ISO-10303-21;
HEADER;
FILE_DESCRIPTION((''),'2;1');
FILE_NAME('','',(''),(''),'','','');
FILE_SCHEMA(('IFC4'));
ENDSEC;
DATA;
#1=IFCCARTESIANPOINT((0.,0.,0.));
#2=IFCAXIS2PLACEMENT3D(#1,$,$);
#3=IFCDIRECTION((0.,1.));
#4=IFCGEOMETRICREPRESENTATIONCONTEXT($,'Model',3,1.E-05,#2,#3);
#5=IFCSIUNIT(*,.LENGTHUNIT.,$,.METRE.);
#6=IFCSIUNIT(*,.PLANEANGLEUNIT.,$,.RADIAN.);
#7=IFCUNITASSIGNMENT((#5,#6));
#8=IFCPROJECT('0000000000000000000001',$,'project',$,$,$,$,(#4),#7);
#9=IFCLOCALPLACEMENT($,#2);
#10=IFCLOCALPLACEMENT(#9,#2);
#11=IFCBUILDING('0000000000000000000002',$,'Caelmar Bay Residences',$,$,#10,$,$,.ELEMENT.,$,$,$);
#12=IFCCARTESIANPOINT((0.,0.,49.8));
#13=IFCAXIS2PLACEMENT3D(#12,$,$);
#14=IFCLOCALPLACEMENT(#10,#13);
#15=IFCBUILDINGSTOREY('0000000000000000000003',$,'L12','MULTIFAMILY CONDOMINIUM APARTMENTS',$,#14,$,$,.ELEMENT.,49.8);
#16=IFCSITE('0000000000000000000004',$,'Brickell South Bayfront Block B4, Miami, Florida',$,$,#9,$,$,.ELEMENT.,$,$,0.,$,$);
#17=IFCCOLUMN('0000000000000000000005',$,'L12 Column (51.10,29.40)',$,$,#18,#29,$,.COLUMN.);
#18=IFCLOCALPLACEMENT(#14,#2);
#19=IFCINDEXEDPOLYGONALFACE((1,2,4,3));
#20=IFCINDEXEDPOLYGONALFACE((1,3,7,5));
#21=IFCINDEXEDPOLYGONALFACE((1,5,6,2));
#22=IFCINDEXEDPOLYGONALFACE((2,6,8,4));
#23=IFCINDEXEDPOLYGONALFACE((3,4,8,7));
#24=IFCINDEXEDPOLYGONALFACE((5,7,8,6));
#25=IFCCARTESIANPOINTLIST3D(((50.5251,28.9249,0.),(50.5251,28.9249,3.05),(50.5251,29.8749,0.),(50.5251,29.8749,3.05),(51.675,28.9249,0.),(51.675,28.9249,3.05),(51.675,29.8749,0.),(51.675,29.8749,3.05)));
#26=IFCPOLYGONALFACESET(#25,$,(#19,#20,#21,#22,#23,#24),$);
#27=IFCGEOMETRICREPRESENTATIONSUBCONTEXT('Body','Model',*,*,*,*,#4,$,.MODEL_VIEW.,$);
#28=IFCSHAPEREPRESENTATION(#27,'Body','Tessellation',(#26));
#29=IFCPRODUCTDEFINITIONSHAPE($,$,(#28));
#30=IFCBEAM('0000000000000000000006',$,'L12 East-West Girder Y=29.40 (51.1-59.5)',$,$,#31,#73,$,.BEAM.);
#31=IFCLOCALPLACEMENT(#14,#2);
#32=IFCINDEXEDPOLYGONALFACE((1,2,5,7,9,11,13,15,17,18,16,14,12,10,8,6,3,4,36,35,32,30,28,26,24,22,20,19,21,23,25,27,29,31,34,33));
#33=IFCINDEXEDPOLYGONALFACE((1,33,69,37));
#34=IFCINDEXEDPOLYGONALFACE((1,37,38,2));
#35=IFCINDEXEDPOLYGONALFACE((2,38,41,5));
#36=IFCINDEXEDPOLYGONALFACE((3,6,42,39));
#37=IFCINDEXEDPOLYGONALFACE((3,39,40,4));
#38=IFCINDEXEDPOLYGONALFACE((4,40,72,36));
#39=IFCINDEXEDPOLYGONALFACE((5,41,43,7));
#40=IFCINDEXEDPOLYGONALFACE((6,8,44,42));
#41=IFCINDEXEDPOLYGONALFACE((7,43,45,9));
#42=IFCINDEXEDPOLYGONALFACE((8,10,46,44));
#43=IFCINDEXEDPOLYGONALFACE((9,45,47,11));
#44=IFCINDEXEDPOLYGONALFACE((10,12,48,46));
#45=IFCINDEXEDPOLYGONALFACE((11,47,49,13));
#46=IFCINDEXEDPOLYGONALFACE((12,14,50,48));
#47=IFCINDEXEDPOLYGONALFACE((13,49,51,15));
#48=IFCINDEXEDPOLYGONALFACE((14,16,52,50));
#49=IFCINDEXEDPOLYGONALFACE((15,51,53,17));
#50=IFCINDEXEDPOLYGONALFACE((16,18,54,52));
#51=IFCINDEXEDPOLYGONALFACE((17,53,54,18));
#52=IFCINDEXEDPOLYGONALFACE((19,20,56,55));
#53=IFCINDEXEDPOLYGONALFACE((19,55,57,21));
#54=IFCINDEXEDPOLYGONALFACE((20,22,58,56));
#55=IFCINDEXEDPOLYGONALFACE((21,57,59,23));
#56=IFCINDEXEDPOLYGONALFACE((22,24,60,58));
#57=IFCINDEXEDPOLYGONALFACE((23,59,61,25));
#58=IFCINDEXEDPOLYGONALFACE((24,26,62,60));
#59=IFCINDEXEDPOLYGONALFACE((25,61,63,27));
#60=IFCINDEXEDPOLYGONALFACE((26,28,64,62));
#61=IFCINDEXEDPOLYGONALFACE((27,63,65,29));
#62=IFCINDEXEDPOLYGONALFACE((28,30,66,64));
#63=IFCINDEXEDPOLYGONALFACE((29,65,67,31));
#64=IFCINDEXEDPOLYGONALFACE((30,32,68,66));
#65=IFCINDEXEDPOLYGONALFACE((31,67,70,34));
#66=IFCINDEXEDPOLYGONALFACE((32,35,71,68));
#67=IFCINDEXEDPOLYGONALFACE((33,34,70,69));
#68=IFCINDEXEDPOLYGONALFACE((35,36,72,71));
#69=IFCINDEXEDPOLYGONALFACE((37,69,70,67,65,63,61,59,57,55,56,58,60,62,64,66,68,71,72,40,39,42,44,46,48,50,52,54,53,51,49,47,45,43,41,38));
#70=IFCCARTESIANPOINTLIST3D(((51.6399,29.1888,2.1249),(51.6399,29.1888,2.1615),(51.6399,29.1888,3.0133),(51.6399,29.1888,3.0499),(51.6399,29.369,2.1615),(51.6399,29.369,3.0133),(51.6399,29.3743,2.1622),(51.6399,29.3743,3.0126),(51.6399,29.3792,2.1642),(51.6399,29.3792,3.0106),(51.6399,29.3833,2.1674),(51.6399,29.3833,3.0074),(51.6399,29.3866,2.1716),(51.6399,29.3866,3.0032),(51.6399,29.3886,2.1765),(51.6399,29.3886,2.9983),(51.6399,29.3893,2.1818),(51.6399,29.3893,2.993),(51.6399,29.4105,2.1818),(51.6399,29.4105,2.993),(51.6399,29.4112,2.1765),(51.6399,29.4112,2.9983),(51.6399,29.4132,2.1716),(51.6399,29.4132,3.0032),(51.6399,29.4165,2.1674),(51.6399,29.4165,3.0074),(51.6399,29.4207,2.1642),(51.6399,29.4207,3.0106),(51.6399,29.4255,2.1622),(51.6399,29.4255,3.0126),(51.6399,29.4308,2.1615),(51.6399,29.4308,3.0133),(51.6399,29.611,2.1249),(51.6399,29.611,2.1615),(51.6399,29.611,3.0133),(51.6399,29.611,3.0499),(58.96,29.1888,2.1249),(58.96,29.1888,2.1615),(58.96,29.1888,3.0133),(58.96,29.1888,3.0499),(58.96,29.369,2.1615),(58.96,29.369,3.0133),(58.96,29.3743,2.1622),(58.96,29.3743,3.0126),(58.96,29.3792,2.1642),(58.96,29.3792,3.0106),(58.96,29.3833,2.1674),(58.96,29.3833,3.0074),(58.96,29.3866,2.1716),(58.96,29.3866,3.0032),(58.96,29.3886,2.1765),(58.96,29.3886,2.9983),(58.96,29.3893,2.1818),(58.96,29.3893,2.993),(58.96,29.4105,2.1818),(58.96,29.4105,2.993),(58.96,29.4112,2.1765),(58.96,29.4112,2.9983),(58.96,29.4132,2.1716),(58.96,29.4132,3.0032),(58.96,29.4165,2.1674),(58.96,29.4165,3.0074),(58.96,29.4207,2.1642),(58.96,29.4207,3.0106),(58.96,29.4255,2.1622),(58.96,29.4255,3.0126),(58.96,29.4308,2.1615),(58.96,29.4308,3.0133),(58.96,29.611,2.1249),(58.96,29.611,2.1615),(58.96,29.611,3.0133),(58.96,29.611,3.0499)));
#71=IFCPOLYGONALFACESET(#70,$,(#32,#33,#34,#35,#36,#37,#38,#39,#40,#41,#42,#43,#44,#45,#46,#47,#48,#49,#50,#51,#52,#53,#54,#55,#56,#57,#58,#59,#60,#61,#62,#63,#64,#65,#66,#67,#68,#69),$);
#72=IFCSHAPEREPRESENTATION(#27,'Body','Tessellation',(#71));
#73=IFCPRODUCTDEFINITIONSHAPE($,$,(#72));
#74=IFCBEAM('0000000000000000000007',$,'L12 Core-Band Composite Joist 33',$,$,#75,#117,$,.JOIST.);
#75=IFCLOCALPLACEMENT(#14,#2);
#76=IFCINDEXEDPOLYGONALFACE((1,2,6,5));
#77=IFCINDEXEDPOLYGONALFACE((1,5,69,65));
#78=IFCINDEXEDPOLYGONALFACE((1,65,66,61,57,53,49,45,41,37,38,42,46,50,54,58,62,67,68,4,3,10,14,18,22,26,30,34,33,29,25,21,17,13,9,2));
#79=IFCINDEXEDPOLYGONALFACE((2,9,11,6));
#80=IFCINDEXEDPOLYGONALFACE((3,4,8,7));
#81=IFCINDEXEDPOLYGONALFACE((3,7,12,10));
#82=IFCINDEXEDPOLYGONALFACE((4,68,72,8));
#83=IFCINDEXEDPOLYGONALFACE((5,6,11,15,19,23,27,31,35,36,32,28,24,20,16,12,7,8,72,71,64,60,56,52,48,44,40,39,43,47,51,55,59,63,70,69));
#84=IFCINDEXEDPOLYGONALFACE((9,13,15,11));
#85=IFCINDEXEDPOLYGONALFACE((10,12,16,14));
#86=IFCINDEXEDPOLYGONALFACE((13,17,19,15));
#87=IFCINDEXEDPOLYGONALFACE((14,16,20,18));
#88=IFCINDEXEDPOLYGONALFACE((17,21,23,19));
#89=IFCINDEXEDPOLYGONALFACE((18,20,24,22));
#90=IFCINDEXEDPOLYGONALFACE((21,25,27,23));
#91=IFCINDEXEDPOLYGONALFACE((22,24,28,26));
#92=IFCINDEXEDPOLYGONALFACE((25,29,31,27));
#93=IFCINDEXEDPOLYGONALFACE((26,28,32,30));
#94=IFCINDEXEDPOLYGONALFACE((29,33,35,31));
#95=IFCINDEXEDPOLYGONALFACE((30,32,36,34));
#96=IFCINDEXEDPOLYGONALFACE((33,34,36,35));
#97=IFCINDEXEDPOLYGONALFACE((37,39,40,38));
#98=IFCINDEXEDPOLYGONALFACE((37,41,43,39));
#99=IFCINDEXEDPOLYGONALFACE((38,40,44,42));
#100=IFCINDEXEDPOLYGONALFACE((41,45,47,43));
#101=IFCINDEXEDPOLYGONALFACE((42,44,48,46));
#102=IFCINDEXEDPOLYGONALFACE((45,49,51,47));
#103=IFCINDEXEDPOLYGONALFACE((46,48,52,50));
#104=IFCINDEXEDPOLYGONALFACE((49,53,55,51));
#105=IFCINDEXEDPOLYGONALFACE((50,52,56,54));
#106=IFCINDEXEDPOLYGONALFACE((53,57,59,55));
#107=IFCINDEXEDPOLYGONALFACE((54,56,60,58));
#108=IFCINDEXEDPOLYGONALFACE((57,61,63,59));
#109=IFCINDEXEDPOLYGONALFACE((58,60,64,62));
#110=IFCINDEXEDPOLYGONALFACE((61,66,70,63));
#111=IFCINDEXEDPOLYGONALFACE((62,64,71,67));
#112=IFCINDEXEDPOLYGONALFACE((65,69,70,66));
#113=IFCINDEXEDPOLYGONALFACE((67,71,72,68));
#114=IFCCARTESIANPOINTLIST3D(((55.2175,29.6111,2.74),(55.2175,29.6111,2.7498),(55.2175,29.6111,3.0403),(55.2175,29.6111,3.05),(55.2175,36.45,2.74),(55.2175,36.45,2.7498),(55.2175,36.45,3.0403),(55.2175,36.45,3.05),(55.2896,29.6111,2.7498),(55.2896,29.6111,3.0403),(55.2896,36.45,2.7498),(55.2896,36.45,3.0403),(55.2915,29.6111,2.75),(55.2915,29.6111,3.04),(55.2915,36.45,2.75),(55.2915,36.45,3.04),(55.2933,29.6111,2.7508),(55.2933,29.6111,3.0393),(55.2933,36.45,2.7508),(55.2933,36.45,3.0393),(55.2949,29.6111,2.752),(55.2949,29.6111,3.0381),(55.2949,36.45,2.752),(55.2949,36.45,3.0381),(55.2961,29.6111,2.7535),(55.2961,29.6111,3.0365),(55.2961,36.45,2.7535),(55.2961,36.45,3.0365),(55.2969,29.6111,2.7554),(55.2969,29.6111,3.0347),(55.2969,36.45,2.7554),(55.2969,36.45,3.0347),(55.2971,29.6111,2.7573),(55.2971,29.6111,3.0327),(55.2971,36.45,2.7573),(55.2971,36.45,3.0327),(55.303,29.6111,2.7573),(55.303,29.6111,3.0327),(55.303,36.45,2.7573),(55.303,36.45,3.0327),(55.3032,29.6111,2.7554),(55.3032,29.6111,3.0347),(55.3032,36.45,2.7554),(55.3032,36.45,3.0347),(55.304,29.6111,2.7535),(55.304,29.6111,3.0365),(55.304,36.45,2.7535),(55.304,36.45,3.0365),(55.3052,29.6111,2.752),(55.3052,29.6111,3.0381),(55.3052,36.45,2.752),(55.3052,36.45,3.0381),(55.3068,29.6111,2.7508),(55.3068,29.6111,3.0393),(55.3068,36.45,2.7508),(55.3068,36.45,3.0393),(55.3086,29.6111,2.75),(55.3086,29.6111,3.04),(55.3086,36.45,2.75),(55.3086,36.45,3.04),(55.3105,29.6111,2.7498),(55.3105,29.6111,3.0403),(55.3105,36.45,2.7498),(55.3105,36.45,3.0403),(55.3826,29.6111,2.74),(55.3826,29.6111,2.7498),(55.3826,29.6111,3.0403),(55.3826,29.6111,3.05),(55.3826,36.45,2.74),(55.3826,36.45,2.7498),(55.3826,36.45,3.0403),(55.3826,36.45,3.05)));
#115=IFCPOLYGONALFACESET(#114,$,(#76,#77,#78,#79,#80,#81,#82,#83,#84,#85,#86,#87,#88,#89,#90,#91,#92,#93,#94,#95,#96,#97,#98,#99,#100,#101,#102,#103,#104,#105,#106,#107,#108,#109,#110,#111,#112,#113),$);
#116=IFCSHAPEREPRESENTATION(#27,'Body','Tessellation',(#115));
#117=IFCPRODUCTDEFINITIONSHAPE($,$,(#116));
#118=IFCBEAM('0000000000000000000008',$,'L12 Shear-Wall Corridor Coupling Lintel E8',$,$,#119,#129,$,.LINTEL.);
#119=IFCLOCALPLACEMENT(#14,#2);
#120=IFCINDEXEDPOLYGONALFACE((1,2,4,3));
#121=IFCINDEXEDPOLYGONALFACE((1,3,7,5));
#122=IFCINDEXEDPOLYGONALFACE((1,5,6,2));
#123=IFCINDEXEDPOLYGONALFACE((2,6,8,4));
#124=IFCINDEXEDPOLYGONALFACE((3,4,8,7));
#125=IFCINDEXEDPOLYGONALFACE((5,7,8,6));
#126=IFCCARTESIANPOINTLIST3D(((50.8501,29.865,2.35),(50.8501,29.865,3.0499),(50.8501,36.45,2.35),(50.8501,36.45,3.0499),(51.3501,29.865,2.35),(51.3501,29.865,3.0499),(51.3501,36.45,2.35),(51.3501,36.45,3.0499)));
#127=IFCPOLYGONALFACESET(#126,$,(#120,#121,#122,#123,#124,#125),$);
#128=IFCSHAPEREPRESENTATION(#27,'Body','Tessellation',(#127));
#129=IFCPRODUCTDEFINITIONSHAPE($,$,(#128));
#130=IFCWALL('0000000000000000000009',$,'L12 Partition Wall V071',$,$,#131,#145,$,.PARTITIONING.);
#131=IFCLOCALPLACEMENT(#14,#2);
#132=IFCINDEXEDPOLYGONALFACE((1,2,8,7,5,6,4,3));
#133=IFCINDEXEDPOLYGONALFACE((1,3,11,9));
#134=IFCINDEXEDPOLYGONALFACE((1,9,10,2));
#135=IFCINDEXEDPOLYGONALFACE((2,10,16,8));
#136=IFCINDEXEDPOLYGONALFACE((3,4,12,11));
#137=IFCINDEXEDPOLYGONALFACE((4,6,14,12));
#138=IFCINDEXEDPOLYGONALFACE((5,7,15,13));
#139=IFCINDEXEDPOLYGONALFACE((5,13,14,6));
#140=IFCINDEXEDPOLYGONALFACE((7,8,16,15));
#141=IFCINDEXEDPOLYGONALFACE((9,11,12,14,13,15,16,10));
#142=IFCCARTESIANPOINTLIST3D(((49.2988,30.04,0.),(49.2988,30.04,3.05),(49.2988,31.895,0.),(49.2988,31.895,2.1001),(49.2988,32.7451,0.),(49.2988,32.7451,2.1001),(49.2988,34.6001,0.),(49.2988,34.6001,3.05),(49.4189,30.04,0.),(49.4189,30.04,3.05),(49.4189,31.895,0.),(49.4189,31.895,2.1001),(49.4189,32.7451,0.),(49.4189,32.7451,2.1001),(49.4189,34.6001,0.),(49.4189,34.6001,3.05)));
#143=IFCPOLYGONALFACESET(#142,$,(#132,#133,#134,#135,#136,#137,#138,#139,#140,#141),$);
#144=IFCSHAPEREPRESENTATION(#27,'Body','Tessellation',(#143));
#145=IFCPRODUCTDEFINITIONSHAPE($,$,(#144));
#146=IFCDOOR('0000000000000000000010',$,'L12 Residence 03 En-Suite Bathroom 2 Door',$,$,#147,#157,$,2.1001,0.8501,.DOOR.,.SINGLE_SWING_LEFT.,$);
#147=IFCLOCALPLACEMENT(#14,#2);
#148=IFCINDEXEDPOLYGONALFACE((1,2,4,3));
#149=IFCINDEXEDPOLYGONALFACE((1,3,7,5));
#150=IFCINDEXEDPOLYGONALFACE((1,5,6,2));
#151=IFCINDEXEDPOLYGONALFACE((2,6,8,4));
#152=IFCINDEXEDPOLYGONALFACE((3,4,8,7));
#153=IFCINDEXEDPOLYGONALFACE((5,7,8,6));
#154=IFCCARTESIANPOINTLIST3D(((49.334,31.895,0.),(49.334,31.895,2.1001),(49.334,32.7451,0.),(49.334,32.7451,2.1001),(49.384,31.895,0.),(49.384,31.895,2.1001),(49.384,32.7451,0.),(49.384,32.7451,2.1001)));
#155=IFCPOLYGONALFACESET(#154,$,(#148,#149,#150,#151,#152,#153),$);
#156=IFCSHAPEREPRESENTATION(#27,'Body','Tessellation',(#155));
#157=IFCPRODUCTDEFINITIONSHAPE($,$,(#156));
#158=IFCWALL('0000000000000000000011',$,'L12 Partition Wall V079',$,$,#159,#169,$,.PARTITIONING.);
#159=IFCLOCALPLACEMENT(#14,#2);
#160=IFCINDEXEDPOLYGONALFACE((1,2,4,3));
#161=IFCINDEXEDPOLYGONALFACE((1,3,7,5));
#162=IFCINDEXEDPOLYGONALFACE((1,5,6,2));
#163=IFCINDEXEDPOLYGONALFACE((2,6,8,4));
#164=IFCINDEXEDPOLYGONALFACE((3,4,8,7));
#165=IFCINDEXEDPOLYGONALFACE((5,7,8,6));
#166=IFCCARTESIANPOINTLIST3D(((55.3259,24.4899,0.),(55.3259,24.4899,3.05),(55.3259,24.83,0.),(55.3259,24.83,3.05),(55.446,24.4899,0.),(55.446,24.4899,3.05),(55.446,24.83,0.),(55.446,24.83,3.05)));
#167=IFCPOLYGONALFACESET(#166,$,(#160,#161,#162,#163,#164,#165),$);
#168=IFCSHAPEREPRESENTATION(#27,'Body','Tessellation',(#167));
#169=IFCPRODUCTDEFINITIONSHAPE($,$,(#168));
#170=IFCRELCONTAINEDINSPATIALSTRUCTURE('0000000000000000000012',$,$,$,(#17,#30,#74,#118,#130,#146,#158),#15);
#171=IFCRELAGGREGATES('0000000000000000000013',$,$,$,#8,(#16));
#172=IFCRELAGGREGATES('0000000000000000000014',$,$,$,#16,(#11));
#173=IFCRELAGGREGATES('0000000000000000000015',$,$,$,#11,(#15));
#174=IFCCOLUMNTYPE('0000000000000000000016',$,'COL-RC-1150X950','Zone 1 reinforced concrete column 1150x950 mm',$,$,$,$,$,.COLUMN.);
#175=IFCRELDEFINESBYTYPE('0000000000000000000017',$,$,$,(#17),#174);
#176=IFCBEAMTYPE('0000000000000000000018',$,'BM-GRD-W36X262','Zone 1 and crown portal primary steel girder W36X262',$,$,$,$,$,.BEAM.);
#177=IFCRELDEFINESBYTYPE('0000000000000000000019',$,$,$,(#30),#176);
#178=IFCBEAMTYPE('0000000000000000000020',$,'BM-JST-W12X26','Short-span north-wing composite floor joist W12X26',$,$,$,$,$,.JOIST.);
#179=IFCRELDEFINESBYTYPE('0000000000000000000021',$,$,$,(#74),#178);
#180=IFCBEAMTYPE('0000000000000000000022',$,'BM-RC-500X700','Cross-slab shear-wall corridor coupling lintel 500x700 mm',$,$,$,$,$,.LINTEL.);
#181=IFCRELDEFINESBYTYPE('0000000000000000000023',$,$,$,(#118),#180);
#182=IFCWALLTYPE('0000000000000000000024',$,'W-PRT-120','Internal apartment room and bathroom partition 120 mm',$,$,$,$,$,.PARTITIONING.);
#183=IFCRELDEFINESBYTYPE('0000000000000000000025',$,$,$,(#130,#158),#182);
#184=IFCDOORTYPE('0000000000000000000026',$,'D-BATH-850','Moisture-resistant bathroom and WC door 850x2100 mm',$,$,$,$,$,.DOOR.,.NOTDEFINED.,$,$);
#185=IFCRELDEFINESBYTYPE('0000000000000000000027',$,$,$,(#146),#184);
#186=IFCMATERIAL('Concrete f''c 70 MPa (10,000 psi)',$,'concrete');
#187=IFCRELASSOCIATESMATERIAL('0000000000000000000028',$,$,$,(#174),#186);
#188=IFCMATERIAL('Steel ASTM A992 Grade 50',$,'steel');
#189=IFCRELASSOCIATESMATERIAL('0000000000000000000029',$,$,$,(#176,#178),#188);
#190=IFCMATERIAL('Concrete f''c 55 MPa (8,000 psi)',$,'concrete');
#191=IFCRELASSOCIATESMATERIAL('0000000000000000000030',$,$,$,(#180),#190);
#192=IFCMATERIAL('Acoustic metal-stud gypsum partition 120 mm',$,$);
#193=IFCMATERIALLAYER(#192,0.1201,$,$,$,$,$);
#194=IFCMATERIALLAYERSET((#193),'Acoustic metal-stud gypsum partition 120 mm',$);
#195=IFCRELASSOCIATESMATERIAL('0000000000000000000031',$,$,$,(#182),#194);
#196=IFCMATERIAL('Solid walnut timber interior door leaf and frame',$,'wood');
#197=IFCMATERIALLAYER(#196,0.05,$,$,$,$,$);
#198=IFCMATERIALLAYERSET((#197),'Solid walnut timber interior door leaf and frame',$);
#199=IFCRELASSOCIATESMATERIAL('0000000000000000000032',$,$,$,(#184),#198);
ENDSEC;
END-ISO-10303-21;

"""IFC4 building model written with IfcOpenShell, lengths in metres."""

from ifc_helpers import new_model, si_unit, direction, frame, frame_2d, origin, origin_2d, place, context, subcontext, project, spatial, rectangle, i_section, extrude, material, layer, layer_set, material_profile, profile_set, type_object, element, fill, save


model = new_model("IFC4")

# Units and contexts
model_context = context("Model", 3, precision=1e-05, world=origin(), true_north=direction((0.0, 1.0)))
body_context = subcontext(model_context, "Body", "Model", "MODEL_VIEW")
ifc_project = project(units=[si_unit("LENGTHUNIT", "METRE"), si_unit("PLANEANGLEUNIT", "RADIAN")], contexts=[model_context])

# Site, building, storey
site_placement = place(None, origin())
site = spatial("IfcSite", under=ifc_project, at=site_placement, Name="Brickell South Bayfront Block B4, Miami, Florida", CompositionType="ELEMENT", RefElevation=0.0)
building_placement = place(site_placement, origin())
building = spatial("IfcBuilding", under=site, at=building_placement, Name="Caelmar Bay Residences", CompositionType="ELEMENT")
storey_placement = place(building_placement, frame((0.0, 0.0, 49.8)))
storey = spatial("IfcBuildingStorey", under=building, at=storey_placement, Name="L12", Description="MULTIFAMILY CONDOMINIUM APARTMENTS", CompositionType="ELEMENT", Elevation=49.8)

# Column
ifc_material_1 = material(Name="Concrete f'c 70 MPa (10,000 psi)", Category="concrete")
ifc_material_profile_1 = material_profile(ifc_material_1, rectangle(XDim=1.1499, YDim=0.95, at=origin_2d()), Name="RC-COL-1150X950")
ifc_profile_set_1 = profile_set([ifc_material_profile_1], Name="Concrete f'c 70 MPa (10,000 psi)")
column_type = type_object("IfcColumnType", Name="COL-RC-1150X950", Description="Zone 1 reinforced concrete column 1150x950 mm", PredefinedType="COLUMN", material=ifc_profile_set_1)
column_placement = place(storey_placement, frame((51.1001, 29.3999, 0.0), z_axis=(0.0, 0.0, 1.0), x_axis=(1.0, 0.0, 0.0)))
element("IfcColumn", 1, at=column_placement, inside=storey, type_object=column_type, Name="L12 Column (51.10,29.40)", PredefinedType="COLUMN", context=body_context, shape_type="SweptSolid", body=[
    extrude(rectangle(XDim=1.1499, YDim=0.95, at=origin_2d()), origin(), (0.0, 0.0, 1.0), 3.05),
])

# Beams
ifc_material_2 = material(Name="Steel ASTM A992 Grade 50", Category="steel")
ifc_material_profile_2 = material_profile(ifc_material_2, i_section(OverallWidth=0.4221, OverallDepth=0.925, WebThickness=0.0212, FlangeThickness=0.0366, FilletRadius=0.0203, at=origin_2d()), Name="W36X262")
ifc_profile_set_2 = profile_set([ifc_material_profile_2], Name="Steel ASTM A992 Grade 50")
beam_type_1 = type_object("IfcBeamType", Name="BM-GRD-W36X262", Description="Zone 1 and crown portal primary steel girder W36X262", PredefinedType="BEAM", material=ifc_profile_set_2)
beam_1_placement = place(storey_placement, frame((51.6399, 29.3999, 2.5874), z_axis=(1.0, 0.0, 0.0), x_axis=(0.0, 1.0, 0.0)))
element("IfcBeam", 2, at=beam_1_placement, inside=storey, type_object=beam_type_1, Name="L12 East-West Girder Y=29.40 (51.1-59.5)", PredefinedType="BEAM", context=body_context, shape_type="SweptSolid", body=[
    extrude(i_section(OverallWidth=0.4221, OverallDepth=0.925, WebThickness=0.0212, FlangeThickness=0.0366, FilletRadius=0.0203, at=origin_2d()), origin(), (0.0, 0.0, 1.0), 7.3201),
])
ifc_material_profile_3 = material_profile(ifc_material_2, i_section(OverallWidth=0.165, OverallDepth=0.3101, WebThickness=0.0059, FlangeThickness=0.0098, FilletRadius=0.0076, at=origin_2d()), Name="W12X26")
ifc_profile_set_3 = profile_set([ifc_material_profile_3], Name="Steel ASTM A992 Grade 50")
beam_type_2 = type_object("IfcBeamType", Name="BM-JST-W12X26", Description="Short-span north-wing composite floor joist W12X26", PredefinedType="JOIST", material=ifc_profile_set_3)
beam_2_placement = place(storey_placement, frame((55.3, 29.6111, 2.895), z_axis=(0.0, 1.0, 0.0), x_axis=(-1.0, 0.0, 0.0)))
element("IfcBeam", 3, at=beam_2_placement, inside=storey, type_object=beam_type_2, Name="L12 Core-Band Composite Joist 33", PredefinedType="JOIST", context=body_context, shape_type="SweptSolid", body=[
    extrude(i_section(OverallWidth=0.165, OverallDepth=0.3101, WebThickness=0.0059, FlangeThickness=0.0098, FilletRadius=0.0076, at=origin_2d()), origin(), (0.0, 0.0, 1.0), 6.8389),
])
ifc_material_3 = material(Name="Concrete f'c 55 MPa (8,000 psi)", Category="concrete")
ifc_material_profile_4 = material_profile(ifc_material_3, rectangle(XDim=0.5, YDim=0.7, at=origin_2d()), Name="RC-BM-500X700")
ifc_profile_set_4 = profile_set([ifc_material_profile_4], Name="Concrete f'c 55 MPa (8,000 psi)")
beam_type_3 = type_object("IfcBeamType", Name="BM-RC-500X700", Description="Cross-slab shear-wall corridor coupling lintel 500x700 mm", PredefinedType="LINTEL", material=ifc_profile_set_4)
beam_3_placement = place(storey_placement, frame((51.1001, 29.865, 2.7), z_axis=(0.0, 1.0, 0.0), x_axis=(-1.0, 0.0, 0.0)))
element("IfcBeam", 4, at=beam_3_placement, inside=storey, type_object=beam_type_3, Name="L12 Shear-Wall Corridor Coupling Lintel E8", PredefinedType="LINTEL", context=body_context, shape_type="SweptSolid", body=[
    extrude(rectangle(XDim=0.5, YDim=0.7, at=origin_2d()), origin(), (0.0, 0.0, 1.0), 6.585),
])

# Wall, opening, door
ifc_material_4 = material(Name="Acoustic metal-stud gypsum partition 120 mm")
ifc_layer_1 = layer(ifc_material_4, 0.1201)
ifc_layer_set_1 = layer_set([ifc_layer_1], Name="Acoustic metal-stud gypsum partition 120 mm")
wall_type_1 = type_object("IfcWallType", Name="W-PRT-120", Description="Internal apartment room and bathroom partition 120 mm", PredefinedType="PARTITIONING", material=ifc_layer_set_1)
wall_1_placement = place(storey_placement, frame((49.3589, 30.04, 0.0), z_axis=(0.0, 0.0, 1.0), x_axis=(0.0, 1.0, 0.0)))
wall_1 = element("IfcWall", 5, at=wall_1_placement, inside=storey, type_object=wall_type_1, Name="L12 Partition Wall V071", PredefinedType="PARTITIONING", context=body_context, shape_type="SweptSolid", body=[
    extrude(rectangle(XDim=4.5601, YDim=0.1201, at=frame_2d((2.28, 0.0))), origin(), (0.0, 0.0, 1.0), 3.05),
])
opening_1_placement = place(wall_1_placement, frame((1.855, 0.0, 0.0)))
opening_1 = element("IfcOpeningElement", 6, at=opening_1_placement, cuts=wall_1, PredefinedType="OPENING", context=body_context, shape_type="SweptSolid", body=[
    extrude(rectangle(XDim=0.8501, YDim=2.1001, at=frame_2d((0.425, 1.05))), frame((0.0, 0.0701, 0.0), z_axis=(0.0, -1.0, 0.0), x_axis=(1.0, 0.0, 0.0)), (0.0, 0.0, 1.0), 0.1401),
])
ifc_material_5 = material(Name="Solid walnut timber interior door leaf and frame", Category="wood")
ifc_layer_2 = layer(ifc_material_5, 0.05)
ifc_layer_set_2 = layer_set([ifc_layer_2], Name="Solid walnut timber interior door leaf and frame")
door_type_1 = type_object("IfcDoorType", Name="D-BATH-850", Description="Moisture-resistant bathroom and WC door 850x2100 mm", OperationType="NOTDEFINED", PredefinedType="DOOR", material=ifc_layer_set_2)
door_1_placement = place(opening_1_placement, origin())
door_1 = element("IfcDoor", 7, at=door_1_placement, inside=storey, type_object=door_type_1, Name="L12 Residence 03 En-Suite Bathroom 2 Door", OperationType="SINGLE_SWING_LEFT", OverallHeight=2.1001, OverallWidth=0.8501, PredefinedType="DOOR", context=body_context, shape_type="SweptSolid", body=[
    extrude(rectangle(XDim=0.8501, YDim=2.1001, at=frame_2d((0.425, 1.05))), frame((0.0, 0.0249, 0.0), z_axis=(0.0, -1.0, 0.0), x_axis=(1.0, 0.0, 0.0)), (0.0, 0.0, 1.0), 0.05),
])
fill(opening_1, door_1)

# Wall
wall_2_placement = place(storey_placement, frame((55.386, 24.49, 0.0), z_axis=(0.0, 0.0, 1.0), x_axis=(0.0, 1.0, 0.0)))
element("IfcWall", 8, at=wall_2_placement, inside=storey, type_object=wall_type_1, Name="L12 Partition Wall V079", PredefinedType="PARTITIONING", context=body_context, shape_type="SweptSolid", body=[
    extrude(rectangle(XDim=0.3401, YDim=0.1201, at=frame_2d((0.1699, 0.0))), origin(), (0.0, 0.0, 1.0), 3.05),
])

save(model, "model.ifc")
